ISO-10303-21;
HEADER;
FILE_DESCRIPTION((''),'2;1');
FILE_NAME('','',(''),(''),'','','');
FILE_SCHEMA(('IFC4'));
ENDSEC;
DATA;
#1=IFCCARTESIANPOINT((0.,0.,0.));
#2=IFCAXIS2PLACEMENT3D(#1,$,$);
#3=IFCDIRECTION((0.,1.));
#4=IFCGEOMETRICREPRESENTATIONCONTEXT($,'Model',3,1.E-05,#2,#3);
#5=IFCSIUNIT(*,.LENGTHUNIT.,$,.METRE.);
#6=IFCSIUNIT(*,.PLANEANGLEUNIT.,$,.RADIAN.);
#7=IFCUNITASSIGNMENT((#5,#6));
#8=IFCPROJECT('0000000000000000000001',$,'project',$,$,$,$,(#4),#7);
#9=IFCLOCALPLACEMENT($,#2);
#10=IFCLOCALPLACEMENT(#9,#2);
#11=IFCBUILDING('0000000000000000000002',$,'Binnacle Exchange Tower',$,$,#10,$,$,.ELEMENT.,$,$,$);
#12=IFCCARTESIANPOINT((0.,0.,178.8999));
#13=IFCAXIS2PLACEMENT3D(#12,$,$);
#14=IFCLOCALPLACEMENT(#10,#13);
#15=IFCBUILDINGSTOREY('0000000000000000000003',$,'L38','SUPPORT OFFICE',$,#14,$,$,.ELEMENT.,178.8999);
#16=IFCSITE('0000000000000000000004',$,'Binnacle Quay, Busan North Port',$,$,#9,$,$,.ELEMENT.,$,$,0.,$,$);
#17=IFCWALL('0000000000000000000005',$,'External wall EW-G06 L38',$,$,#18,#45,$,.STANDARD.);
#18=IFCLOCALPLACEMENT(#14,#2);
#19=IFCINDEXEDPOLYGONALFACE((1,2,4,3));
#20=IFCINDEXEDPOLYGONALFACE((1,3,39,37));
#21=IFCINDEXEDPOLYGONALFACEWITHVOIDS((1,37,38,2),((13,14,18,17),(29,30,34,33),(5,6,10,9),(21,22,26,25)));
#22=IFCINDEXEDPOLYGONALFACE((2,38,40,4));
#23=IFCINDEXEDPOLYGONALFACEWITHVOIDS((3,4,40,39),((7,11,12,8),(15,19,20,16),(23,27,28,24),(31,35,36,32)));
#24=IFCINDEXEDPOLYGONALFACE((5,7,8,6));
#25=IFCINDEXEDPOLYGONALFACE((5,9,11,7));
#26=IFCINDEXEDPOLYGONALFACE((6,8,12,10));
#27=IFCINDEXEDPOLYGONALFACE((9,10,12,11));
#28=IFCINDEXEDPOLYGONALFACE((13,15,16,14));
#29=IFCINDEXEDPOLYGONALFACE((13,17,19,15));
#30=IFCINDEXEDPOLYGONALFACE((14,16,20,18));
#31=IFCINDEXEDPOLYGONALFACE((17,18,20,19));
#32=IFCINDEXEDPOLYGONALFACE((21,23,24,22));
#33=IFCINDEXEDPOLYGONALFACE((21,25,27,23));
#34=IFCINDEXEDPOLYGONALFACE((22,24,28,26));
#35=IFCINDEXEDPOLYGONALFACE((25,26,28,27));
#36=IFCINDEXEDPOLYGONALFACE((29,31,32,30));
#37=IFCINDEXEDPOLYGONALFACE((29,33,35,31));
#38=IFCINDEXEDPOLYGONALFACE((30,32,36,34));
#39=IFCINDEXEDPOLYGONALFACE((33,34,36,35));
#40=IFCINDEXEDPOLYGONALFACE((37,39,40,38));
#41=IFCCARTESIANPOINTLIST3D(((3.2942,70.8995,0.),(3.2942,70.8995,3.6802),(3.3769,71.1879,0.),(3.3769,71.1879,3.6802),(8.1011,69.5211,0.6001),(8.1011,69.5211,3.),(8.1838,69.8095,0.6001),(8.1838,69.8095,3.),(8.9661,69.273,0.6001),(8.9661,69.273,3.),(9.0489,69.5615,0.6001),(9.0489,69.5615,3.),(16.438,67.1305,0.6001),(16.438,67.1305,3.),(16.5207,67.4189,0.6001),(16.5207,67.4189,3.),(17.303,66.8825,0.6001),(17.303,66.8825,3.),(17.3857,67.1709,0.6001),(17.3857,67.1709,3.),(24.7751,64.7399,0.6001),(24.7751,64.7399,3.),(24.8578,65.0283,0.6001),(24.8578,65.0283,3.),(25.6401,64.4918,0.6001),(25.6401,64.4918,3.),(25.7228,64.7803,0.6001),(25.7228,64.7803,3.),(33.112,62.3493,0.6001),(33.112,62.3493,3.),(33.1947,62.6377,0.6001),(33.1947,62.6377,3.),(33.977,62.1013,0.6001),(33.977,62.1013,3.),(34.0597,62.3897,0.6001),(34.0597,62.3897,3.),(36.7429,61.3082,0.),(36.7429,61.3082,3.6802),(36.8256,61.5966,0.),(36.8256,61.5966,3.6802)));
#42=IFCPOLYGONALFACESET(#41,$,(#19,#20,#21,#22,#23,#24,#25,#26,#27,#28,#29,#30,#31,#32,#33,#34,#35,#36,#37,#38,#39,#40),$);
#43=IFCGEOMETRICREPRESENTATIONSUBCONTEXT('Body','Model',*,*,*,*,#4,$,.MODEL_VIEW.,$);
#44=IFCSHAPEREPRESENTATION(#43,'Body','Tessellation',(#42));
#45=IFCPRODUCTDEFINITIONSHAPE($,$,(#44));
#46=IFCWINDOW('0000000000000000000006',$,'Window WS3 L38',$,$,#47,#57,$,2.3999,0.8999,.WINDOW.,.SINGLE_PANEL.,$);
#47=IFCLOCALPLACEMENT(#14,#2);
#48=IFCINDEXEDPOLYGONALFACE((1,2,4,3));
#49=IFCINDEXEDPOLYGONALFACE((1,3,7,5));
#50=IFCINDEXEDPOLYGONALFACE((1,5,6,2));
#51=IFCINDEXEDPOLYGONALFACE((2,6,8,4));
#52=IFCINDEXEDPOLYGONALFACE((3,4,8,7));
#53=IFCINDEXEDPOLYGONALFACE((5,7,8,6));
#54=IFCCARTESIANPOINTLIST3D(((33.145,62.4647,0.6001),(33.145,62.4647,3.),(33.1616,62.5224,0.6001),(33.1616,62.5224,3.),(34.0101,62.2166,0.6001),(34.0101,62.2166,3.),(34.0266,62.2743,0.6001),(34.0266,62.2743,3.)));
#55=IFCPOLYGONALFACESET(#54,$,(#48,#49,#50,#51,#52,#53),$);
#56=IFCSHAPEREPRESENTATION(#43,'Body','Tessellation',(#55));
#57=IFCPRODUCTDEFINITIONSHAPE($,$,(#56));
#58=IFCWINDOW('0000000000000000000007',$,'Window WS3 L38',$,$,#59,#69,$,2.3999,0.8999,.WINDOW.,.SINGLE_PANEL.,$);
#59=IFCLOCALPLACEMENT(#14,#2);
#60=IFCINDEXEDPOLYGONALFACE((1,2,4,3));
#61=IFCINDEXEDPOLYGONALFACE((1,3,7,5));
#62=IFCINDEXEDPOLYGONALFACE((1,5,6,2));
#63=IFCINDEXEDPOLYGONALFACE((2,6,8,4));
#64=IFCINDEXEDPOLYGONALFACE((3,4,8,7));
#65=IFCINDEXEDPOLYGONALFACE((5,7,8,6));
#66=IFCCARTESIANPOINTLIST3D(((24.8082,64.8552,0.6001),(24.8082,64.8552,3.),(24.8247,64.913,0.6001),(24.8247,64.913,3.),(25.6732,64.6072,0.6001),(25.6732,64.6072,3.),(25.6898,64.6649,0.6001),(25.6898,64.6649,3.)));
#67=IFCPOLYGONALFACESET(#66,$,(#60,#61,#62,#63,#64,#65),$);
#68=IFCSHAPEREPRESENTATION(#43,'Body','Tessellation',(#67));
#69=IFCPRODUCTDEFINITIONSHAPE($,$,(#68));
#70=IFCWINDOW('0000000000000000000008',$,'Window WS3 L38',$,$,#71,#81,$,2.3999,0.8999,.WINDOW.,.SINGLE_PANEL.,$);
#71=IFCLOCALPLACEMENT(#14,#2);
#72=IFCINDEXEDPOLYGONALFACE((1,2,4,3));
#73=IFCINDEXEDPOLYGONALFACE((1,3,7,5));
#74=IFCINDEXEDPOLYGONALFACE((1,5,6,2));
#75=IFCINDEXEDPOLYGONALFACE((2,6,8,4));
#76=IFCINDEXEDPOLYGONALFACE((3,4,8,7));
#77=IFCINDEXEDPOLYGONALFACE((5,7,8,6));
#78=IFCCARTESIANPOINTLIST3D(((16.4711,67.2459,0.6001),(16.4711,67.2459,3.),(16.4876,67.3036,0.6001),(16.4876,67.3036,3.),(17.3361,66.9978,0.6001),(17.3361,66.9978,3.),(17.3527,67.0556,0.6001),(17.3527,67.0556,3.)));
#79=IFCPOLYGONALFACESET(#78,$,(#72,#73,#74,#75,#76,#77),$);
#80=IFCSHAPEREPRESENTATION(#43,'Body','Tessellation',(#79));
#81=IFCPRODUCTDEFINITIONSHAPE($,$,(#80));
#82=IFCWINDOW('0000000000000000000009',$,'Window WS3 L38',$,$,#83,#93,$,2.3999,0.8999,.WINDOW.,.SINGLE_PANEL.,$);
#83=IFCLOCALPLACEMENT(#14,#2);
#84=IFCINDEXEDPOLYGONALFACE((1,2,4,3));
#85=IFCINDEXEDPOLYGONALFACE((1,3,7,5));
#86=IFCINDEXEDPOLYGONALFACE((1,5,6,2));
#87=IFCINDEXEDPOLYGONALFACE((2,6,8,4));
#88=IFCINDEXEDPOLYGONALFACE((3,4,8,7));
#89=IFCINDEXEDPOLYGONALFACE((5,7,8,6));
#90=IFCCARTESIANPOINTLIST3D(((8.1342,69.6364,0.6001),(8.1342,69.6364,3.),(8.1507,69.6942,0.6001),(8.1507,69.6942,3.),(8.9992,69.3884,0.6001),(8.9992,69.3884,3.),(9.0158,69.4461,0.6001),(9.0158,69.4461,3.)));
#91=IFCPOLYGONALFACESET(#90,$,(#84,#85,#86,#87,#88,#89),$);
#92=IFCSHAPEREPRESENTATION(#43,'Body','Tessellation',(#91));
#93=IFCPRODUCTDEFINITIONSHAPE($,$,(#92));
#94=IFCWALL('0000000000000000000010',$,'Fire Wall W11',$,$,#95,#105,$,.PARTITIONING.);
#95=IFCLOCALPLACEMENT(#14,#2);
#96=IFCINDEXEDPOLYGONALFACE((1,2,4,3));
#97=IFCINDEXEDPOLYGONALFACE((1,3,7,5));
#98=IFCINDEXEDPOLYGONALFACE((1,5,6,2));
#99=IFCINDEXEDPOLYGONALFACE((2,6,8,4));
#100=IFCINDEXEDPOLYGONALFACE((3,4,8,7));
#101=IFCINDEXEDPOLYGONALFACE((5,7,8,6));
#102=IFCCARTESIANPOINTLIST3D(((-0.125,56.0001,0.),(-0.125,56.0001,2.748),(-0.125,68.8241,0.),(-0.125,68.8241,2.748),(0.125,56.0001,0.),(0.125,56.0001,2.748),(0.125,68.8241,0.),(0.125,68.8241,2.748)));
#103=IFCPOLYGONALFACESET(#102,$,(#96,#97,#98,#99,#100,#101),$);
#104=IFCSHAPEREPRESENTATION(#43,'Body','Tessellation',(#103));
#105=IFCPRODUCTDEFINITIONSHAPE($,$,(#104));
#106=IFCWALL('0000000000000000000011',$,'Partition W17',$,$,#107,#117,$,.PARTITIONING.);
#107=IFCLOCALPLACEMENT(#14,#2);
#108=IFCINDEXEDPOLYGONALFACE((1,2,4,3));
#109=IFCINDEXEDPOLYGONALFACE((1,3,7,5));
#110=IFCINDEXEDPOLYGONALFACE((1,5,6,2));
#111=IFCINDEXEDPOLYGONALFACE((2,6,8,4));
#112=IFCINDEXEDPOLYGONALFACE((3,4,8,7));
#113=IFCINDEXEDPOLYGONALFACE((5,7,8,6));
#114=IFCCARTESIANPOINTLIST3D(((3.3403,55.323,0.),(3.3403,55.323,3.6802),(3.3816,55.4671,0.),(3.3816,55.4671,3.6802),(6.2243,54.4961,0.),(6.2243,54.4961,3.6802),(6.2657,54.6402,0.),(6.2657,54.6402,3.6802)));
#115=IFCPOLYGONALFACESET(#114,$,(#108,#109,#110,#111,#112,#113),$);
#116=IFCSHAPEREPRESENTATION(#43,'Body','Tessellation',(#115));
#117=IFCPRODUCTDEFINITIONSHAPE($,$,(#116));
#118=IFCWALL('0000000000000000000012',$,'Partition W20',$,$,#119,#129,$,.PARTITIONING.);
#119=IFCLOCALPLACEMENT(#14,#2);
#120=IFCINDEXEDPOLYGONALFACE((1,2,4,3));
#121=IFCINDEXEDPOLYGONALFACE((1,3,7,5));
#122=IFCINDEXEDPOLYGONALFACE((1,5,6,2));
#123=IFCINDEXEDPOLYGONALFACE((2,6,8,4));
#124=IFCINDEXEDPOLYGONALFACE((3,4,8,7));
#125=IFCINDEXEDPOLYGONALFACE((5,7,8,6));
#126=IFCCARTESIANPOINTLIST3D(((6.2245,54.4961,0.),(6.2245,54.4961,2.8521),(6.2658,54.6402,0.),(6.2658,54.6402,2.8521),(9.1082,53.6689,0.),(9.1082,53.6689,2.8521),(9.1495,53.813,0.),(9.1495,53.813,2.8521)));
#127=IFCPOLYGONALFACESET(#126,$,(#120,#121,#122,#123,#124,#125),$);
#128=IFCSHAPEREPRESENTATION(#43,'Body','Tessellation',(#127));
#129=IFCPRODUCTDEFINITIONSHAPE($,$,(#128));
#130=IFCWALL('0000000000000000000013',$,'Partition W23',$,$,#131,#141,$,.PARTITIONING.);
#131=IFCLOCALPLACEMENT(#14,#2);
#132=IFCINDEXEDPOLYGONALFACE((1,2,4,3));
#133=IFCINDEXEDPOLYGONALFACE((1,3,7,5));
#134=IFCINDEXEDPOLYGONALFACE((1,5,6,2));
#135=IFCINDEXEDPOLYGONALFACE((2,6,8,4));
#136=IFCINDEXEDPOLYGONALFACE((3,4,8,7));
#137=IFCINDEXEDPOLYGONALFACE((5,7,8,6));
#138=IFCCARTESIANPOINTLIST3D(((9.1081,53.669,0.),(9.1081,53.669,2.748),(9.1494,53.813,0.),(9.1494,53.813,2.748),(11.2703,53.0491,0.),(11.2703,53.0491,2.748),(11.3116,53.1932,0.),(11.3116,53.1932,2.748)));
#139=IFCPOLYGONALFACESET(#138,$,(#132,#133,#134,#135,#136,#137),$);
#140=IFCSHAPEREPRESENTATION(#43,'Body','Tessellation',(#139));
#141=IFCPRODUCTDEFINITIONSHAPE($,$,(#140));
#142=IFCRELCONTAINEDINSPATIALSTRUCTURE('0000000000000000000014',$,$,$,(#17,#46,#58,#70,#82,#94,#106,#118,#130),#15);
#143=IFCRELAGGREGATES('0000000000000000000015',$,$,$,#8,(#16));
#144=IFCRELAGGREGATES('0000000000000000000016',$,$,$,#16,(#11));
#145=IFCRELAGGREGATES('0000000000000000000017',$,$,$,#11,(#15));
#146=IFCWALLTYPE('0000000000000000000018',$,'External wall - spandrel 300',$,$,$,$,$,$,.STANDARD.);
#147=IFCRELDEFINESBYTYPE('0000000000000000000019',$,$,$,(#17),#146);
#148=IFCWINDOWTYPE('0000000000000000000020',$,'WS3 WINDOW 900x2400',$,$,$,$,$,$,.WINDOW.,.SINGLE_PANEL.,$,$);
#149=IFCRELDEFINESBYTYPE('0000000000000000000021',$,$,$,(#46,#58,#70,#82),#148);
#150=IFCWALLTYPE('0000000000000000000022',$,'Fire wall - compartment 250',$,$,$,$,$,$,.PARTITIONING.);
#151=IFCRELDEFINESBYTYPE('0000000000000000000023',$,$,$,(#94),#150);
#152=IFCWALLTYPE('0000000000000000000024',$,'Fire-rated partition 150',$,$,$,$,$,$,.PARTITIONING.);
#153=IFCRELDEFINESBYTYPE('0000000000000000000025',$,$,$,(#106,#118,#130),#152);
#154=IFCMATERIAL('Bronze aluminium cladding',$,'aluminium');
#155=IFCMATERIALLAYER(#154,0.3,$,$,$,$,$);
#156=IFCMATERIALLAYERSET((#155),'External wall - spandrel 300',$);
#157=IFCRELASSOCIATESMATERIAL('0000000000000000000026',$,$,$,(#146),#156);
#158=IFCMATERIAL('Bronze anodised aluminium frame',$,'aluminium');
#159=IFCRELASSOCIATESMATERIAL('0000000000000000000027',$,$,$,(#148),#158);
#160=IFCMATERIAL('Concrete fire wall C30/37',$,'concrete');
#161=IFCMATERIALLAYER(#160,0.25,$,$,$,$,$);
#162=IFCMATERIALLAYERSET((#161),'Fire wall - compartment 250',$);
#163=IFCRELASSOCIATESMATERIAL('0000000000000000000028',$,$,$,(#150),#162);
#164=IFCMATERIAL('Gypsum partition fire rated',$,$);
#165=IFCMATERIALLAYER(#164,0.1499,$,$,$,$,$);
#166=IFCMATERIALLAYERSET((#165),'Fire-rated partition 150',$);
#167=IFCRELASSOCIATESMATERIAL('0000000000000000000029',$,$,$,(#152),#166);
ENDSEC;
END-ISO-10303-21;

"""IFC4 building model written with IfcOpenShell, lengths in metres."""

from ifc_helpers import new_model, si_unit, direction, frame, frame_2d, origin, place, context, subcontext, project, spatial, rectangle, extrude, material, layer, layer_set, type_object, element, fill, save


model = new_model("IFC4")

# Units and contexts
model_context = context("Model", 3, precision=1e-05, world=origin(), true_north=direction((0.0, 1.0)))
body_context = subcontext(model_context, "Body", "Model", "MODEL_VIEW")
ifc_project = project(units=[si_unit("LENGTHUNIT", "METRE"), si_unit("PLANEANGLEUNIT", "RADIAN")], contexts=[model_context])

# Site, building, storey
site_placement = place(None, origin())
site = spatial("IfcSite", under=ifc_project, at=site_placement, Name="Binnacle Quay, Busan North Port", CompositionType="ELEMENT", RefElevation=0.0)
building_placement = place(site_placement, origin())
building = spatial("IfcBuilding", under=site, at=building_placement, Name="Binnacle Exchange Tower", CompositionType="ELEMENT")
storey_placement = place(building_placement, frame((0.0, 0.0, 178.8999)))
storey = spatial("IfcBuildingStorey", under=building, at=storey_placement, Name="L38", Description="SUPPORT OFFICE", CompositionType="ELEMENT", Elevation=178.8999)

# Wall, openings, windows
ifc_material_1 = material(Name="Bronze aluminium cladding", Category="aluminium")
ifc_layer_1 = layer(ifc_material_1, 0.3)
ifc_layer_set_1 = layer_set([ifc_layer_1], Name="External wall - spandrel 300")
wall_type_1 = type_object("IfcWallType", Name="External wall - spandrel 300", PredefinedType="STANDARD", material=ifc_layer_set_1)
wall_1_placement = place(storey_placement, frame((3.3354, 71.0437, 0.0), z_axis=(0.0, 0.0, 1.0), x_axis=(0.961261, -0.275638, 0.0)))
wall_1 = element("IfcWall", 1, at=wall_1_placement, inside=storey, type_object=wall_type_1, Name="External wall EW-G06 L38", PredefinedType="STANDARD", context=body_context, shape_type="SweptSolid", body=[
    extrude(rectangle(XDim=34.7966, YDim=0.3, at=frame_2d((17.3984, 0.0))), origin(), (0.0, 0.0, 1.0), 3.6802),
])
opening_1_placement = place(wall_1_placement, frame((31.0195, 0.0, 0.6001)))
opening_1 = element("IfcOpeningElement", 2, at=opening_1_placement, cuts=wall_1, PredefinedType="OPENING", context=body_context, shape_type="SweptSolid", body=[
    extrude(rectangle(XDim=0.8999, YDim=2.3999, at=frame_2d((0.45, 1.2))), frame((0.0, 0.1599, 0.0), z_axis=(0.0, -1.0, 0.0), x_axis=(1.0, 0.0, 0.0)), (0.0, 0.0, 1.0), 0.3201),
])
opening_2_placement = place(wall_1_placement, frame((22.3467, 0.0, 0.6001)))
opening_2 = element("IfcOpeningElement", 3, at=opening_2_placement, cuts=wall_1, PredefinedType="OPENING", context=body_context, shape_type="SweptSolid", body=[
    extrude(rectangle(XDim=0.8999, YDim=2.3999, at=frame_2d((0.45, 1.2))), frame((0.0, 0.1599, 0.0), z_axis=(0.0, -1.0, 0.0), x_axis=(1.0, 0.0, 0.0)), (0.0, 0.0, 1.0), 0.3201),
])
opening_3_placement = place(wall_1_placement, frame((13.6736, 0.0, 0.6001)))
opening_3 = element("IfcOpeningElement", 4, at=opening_3_placement, cuts=wall_1, PredefinedType="OPENING", context=body_context, shape_type="SweptSolid", body=[
    extrude(rectangle(XDim=0.8999, YDim=2.3999, at=frame_2d((0.45, 1.2))), frame((0.0, 0.1599, 0.0), z_axis=(0.0, -1.0, 0.0), x_axis=(1.0, 0.0, 0.0)), (0.0, 0.0, 1.0), 0.3201),
])
opening_4_placement = place(wall_1_placement, frame((5.0007, 0.0, 0.6001)))
opening_4 = element("IfcOpeningElement", 5, at=opening_4_placement, cuts=wall_1, PredefinedType="OPENING", context=body_context, shape_type="SweptSolid", body=[
    extrude(rectangle(XDim=0.8999, YDim=2.3999, at=frame_2d((0.45, 1.2))), frame((0.0, 0.1599, 0.0), z_axis=(0.0, -1.0, 0.0), x_axis=(1.0, 0.0, 0.0)), (0.0, 0.0, 1.0), 0.3201),
])
ifc_material_2 = material(Name="Bronze anodised aluminium frame", Category="aluminium")
window_type = type_object("IfcWindowType", Name="WS3 WINDOW 900x2400", PartitioningType="SINGLE_PANEL", PredefinedType="WINDOW", material=ifc_material_2)
window_1_placement = place(opening_1_placement, origin())
window_1 = element("IfcWindow", 6, at=window_1_placement, inside=storey, type_object=window_type, Name="Window WS3 L38", OverallHeight=2.3999, OverallWidth=0.8999, PartitioningType="SINGLE_PANEL", PredefinedType="WINDOW", context=body_context, shape_type="SweptSolid", body=[
    extrude(rectangle(XDim=0.8999, YDim=2.3999, at=frame_2d((0.45, 1.2))), frame((0.0, 0.03, 0.0), z_axis=(0.0, -1.0, 0.0), x_axis=(1.0, 0.0, 0.0)), (0.0, 0.0, 1.0), 0.0601),
])
fill(opening_1, window_1)
window_2_placement = place(opening_2_placement, origin())
window_2 = element("IfcWindow", 7, at=window_2_placement, inside=storey, type_object=window_type, Name="Window WS3 L38", OverallHeight=2.3999, OverallWidth=0.8999, PartitioningType="SINGLE_PANEL", PredefinedType="WINDOW", context=body_context, shape_type="SweptSolid", body=[
    extrude(rectangle(XDim=0.8999, YDim=2.3999, at=frame_2d((0.45, 1.2))), frame((0.0, 0.03, 0.0), z_axis=(0.0, -1.0, 0.0), x_axis=(1.0, 0.0, 0.0)), (0.0, 0.0, 1.0), 0.0601),
])
fill(opening_2, window_2)
window_3_placement = place(opening_3_placement, origin())
window_3 = element("IfcWindow", 8, at=window_3_placement, inside=storey, type_object=window_type, Name="Window WS3 L38", OverallHeight=2.3999, OverallWidth=0.8999, PartitioningType="SINGLE_PANEL", PredefinedType="WINDOW", context=body_context, shape_type="SweptSolid", body=[
    extrude(rectangle(XDim=0.8999, YDim=2.3999, at=frame_2d((0.45, 1.2))), frame((0.0, 0.03, 0.0), z_axis=(0.0, -1.0, 0.0), x_axis=(1.0, 0.0, 0.0)), (0.0, 0.0, 1.0), 0.0601),
])
fill(opening_3, window_3)
window_4_placement = place(opening_4_placement, origin())
window_4 = element("IfcWindow", 9, at=window_4_placement, inside=storey, type_object=window_type, Name="Window WS3 L38", OverallHeight=2.3999, OverallWidth=0.8999, PartitioningType="SINGLE_PANEL", PredefinedType="WINDOW", context=body_context, shape_type="SweptSolid", body=[
    extrude(rectangle(XDim=0.8999, YDim=2.3999, at=frame_2d((0.45, 1.2))), frame((0.0, 0.03, 0.0), z_axis=(0.0, -1.0, 0.0), x_axis=(1.0, 0.0, 0.0)), (0.0, 0.0, 1.0), 0.0601),
])
fill(opening_4, window_4)

# Walls
ifc_material_3 = material(Name="Concrete fire wall C30/37", Category="concrete")
ifc_layer_2 = layer(ifc_material_3, 0.25)
ifc_layer_set_2 = layer_set([ifc_layer_2], Name="Fire wall - compartment 250")
wall_type_2 = type_object("IfcWallType", Name="Fire wall - compartment 250", PredefinedType="PARTITIONING", material=ifc_layer_set_2)
wall_2_placement = place(storey_placement, frame((0.0, 56.0, 0.0), z_axis=(0.0, 0.0, 1.0), x_axis=(0.0, 1.0, 0.0)))
element("IfcWall", 10, at=wall_2_placement, inside=storey, type_object=wall_type_2, Name="Fire Wall W11", PredefinedType="PARTITIONING", context=body_context, shape_type="SweptSolid", body=[
    extrude(rectangle(XDim=12.824, YDim=0.25, at=frame_2d((6.4121, 0.0))), origin(), (0.0, 0.0, 1.0), 2.748),
])
ifc_material_4 = material(Name="Gypsum partition fire rated")
ifc_layer_3 = layer(ifc_material_4, 0.1499)
ifc_layer_set_3 = layer_set([ifc_layer_3], Name="Fire-rated partition 150")
wall_type_3 = type_object("IfcWallType", Name="Fire-rated partition 150", PredefinedType="PARTITIONING", material=ifc_layer_set_3)
wall_3_placement = place(storey_placement, frame((3.3611, 55.395, 0.0), z_axis=(0.0, 0.0, 1.0), x_axis=(0.961269, -0.275613, 0.0)))
element("IfcWall", 11, at=wall_3_placement, inside=storey, type_object=wall_type_3, Name="Partition W17", PredefinedType="PARTITIONING", context=body_context, shape_type="SweptSolid", body=[
    extrude(rectangle(XDim=3.0002, YDim=0.1499, at=frame_2d((1.5, 0.0))), origin(), (0.0, 0.0, 1.0), 3.6802),
])
wall_4_placement = place(storey_placement, frame((6.2451, 54.5681, 0.0), z_axis=(0.0, 0.0, 1.0), x_axis=(0.961241, -0.27571, 0.0)))
element("IfcWall", 12, at=wall_4_placement, inside=storey, type_object=wall_type_3, Name="Partition W20", PredefinedType="PARTITIONING", context=body_context, shape_type="SweptSolid", body=[
    extrude(rectangle(XDim=3.0, YDim=0.1499, at=frame_2d((1.5, 0.0))), origin(), (0.0, 0.0, 1.0), 2.8521),
])
wall_5_placement = place(storey_placement, frame((9.1289, 53.741, 0.0), z_axis=(0.0, 0.0, 1.0), x_axis=(0.961274, -0.275596, 0.0)))
element("IfcWall", 13, at=wall_5_placement, inside=storey, type_object=wall_type_3, Name="Partition W23", PredefinedType="PARTITIONING", context=body_context, shape_type="SweptSolid", body=[
    extrude(rectangle(XDim=2.2493, YDim=0.1499, at=frame_2d((1.1245, 0.0))), origin(), (0.0, 0.0, 1.0), 2.748),
])

save(model, "model.ifc")
